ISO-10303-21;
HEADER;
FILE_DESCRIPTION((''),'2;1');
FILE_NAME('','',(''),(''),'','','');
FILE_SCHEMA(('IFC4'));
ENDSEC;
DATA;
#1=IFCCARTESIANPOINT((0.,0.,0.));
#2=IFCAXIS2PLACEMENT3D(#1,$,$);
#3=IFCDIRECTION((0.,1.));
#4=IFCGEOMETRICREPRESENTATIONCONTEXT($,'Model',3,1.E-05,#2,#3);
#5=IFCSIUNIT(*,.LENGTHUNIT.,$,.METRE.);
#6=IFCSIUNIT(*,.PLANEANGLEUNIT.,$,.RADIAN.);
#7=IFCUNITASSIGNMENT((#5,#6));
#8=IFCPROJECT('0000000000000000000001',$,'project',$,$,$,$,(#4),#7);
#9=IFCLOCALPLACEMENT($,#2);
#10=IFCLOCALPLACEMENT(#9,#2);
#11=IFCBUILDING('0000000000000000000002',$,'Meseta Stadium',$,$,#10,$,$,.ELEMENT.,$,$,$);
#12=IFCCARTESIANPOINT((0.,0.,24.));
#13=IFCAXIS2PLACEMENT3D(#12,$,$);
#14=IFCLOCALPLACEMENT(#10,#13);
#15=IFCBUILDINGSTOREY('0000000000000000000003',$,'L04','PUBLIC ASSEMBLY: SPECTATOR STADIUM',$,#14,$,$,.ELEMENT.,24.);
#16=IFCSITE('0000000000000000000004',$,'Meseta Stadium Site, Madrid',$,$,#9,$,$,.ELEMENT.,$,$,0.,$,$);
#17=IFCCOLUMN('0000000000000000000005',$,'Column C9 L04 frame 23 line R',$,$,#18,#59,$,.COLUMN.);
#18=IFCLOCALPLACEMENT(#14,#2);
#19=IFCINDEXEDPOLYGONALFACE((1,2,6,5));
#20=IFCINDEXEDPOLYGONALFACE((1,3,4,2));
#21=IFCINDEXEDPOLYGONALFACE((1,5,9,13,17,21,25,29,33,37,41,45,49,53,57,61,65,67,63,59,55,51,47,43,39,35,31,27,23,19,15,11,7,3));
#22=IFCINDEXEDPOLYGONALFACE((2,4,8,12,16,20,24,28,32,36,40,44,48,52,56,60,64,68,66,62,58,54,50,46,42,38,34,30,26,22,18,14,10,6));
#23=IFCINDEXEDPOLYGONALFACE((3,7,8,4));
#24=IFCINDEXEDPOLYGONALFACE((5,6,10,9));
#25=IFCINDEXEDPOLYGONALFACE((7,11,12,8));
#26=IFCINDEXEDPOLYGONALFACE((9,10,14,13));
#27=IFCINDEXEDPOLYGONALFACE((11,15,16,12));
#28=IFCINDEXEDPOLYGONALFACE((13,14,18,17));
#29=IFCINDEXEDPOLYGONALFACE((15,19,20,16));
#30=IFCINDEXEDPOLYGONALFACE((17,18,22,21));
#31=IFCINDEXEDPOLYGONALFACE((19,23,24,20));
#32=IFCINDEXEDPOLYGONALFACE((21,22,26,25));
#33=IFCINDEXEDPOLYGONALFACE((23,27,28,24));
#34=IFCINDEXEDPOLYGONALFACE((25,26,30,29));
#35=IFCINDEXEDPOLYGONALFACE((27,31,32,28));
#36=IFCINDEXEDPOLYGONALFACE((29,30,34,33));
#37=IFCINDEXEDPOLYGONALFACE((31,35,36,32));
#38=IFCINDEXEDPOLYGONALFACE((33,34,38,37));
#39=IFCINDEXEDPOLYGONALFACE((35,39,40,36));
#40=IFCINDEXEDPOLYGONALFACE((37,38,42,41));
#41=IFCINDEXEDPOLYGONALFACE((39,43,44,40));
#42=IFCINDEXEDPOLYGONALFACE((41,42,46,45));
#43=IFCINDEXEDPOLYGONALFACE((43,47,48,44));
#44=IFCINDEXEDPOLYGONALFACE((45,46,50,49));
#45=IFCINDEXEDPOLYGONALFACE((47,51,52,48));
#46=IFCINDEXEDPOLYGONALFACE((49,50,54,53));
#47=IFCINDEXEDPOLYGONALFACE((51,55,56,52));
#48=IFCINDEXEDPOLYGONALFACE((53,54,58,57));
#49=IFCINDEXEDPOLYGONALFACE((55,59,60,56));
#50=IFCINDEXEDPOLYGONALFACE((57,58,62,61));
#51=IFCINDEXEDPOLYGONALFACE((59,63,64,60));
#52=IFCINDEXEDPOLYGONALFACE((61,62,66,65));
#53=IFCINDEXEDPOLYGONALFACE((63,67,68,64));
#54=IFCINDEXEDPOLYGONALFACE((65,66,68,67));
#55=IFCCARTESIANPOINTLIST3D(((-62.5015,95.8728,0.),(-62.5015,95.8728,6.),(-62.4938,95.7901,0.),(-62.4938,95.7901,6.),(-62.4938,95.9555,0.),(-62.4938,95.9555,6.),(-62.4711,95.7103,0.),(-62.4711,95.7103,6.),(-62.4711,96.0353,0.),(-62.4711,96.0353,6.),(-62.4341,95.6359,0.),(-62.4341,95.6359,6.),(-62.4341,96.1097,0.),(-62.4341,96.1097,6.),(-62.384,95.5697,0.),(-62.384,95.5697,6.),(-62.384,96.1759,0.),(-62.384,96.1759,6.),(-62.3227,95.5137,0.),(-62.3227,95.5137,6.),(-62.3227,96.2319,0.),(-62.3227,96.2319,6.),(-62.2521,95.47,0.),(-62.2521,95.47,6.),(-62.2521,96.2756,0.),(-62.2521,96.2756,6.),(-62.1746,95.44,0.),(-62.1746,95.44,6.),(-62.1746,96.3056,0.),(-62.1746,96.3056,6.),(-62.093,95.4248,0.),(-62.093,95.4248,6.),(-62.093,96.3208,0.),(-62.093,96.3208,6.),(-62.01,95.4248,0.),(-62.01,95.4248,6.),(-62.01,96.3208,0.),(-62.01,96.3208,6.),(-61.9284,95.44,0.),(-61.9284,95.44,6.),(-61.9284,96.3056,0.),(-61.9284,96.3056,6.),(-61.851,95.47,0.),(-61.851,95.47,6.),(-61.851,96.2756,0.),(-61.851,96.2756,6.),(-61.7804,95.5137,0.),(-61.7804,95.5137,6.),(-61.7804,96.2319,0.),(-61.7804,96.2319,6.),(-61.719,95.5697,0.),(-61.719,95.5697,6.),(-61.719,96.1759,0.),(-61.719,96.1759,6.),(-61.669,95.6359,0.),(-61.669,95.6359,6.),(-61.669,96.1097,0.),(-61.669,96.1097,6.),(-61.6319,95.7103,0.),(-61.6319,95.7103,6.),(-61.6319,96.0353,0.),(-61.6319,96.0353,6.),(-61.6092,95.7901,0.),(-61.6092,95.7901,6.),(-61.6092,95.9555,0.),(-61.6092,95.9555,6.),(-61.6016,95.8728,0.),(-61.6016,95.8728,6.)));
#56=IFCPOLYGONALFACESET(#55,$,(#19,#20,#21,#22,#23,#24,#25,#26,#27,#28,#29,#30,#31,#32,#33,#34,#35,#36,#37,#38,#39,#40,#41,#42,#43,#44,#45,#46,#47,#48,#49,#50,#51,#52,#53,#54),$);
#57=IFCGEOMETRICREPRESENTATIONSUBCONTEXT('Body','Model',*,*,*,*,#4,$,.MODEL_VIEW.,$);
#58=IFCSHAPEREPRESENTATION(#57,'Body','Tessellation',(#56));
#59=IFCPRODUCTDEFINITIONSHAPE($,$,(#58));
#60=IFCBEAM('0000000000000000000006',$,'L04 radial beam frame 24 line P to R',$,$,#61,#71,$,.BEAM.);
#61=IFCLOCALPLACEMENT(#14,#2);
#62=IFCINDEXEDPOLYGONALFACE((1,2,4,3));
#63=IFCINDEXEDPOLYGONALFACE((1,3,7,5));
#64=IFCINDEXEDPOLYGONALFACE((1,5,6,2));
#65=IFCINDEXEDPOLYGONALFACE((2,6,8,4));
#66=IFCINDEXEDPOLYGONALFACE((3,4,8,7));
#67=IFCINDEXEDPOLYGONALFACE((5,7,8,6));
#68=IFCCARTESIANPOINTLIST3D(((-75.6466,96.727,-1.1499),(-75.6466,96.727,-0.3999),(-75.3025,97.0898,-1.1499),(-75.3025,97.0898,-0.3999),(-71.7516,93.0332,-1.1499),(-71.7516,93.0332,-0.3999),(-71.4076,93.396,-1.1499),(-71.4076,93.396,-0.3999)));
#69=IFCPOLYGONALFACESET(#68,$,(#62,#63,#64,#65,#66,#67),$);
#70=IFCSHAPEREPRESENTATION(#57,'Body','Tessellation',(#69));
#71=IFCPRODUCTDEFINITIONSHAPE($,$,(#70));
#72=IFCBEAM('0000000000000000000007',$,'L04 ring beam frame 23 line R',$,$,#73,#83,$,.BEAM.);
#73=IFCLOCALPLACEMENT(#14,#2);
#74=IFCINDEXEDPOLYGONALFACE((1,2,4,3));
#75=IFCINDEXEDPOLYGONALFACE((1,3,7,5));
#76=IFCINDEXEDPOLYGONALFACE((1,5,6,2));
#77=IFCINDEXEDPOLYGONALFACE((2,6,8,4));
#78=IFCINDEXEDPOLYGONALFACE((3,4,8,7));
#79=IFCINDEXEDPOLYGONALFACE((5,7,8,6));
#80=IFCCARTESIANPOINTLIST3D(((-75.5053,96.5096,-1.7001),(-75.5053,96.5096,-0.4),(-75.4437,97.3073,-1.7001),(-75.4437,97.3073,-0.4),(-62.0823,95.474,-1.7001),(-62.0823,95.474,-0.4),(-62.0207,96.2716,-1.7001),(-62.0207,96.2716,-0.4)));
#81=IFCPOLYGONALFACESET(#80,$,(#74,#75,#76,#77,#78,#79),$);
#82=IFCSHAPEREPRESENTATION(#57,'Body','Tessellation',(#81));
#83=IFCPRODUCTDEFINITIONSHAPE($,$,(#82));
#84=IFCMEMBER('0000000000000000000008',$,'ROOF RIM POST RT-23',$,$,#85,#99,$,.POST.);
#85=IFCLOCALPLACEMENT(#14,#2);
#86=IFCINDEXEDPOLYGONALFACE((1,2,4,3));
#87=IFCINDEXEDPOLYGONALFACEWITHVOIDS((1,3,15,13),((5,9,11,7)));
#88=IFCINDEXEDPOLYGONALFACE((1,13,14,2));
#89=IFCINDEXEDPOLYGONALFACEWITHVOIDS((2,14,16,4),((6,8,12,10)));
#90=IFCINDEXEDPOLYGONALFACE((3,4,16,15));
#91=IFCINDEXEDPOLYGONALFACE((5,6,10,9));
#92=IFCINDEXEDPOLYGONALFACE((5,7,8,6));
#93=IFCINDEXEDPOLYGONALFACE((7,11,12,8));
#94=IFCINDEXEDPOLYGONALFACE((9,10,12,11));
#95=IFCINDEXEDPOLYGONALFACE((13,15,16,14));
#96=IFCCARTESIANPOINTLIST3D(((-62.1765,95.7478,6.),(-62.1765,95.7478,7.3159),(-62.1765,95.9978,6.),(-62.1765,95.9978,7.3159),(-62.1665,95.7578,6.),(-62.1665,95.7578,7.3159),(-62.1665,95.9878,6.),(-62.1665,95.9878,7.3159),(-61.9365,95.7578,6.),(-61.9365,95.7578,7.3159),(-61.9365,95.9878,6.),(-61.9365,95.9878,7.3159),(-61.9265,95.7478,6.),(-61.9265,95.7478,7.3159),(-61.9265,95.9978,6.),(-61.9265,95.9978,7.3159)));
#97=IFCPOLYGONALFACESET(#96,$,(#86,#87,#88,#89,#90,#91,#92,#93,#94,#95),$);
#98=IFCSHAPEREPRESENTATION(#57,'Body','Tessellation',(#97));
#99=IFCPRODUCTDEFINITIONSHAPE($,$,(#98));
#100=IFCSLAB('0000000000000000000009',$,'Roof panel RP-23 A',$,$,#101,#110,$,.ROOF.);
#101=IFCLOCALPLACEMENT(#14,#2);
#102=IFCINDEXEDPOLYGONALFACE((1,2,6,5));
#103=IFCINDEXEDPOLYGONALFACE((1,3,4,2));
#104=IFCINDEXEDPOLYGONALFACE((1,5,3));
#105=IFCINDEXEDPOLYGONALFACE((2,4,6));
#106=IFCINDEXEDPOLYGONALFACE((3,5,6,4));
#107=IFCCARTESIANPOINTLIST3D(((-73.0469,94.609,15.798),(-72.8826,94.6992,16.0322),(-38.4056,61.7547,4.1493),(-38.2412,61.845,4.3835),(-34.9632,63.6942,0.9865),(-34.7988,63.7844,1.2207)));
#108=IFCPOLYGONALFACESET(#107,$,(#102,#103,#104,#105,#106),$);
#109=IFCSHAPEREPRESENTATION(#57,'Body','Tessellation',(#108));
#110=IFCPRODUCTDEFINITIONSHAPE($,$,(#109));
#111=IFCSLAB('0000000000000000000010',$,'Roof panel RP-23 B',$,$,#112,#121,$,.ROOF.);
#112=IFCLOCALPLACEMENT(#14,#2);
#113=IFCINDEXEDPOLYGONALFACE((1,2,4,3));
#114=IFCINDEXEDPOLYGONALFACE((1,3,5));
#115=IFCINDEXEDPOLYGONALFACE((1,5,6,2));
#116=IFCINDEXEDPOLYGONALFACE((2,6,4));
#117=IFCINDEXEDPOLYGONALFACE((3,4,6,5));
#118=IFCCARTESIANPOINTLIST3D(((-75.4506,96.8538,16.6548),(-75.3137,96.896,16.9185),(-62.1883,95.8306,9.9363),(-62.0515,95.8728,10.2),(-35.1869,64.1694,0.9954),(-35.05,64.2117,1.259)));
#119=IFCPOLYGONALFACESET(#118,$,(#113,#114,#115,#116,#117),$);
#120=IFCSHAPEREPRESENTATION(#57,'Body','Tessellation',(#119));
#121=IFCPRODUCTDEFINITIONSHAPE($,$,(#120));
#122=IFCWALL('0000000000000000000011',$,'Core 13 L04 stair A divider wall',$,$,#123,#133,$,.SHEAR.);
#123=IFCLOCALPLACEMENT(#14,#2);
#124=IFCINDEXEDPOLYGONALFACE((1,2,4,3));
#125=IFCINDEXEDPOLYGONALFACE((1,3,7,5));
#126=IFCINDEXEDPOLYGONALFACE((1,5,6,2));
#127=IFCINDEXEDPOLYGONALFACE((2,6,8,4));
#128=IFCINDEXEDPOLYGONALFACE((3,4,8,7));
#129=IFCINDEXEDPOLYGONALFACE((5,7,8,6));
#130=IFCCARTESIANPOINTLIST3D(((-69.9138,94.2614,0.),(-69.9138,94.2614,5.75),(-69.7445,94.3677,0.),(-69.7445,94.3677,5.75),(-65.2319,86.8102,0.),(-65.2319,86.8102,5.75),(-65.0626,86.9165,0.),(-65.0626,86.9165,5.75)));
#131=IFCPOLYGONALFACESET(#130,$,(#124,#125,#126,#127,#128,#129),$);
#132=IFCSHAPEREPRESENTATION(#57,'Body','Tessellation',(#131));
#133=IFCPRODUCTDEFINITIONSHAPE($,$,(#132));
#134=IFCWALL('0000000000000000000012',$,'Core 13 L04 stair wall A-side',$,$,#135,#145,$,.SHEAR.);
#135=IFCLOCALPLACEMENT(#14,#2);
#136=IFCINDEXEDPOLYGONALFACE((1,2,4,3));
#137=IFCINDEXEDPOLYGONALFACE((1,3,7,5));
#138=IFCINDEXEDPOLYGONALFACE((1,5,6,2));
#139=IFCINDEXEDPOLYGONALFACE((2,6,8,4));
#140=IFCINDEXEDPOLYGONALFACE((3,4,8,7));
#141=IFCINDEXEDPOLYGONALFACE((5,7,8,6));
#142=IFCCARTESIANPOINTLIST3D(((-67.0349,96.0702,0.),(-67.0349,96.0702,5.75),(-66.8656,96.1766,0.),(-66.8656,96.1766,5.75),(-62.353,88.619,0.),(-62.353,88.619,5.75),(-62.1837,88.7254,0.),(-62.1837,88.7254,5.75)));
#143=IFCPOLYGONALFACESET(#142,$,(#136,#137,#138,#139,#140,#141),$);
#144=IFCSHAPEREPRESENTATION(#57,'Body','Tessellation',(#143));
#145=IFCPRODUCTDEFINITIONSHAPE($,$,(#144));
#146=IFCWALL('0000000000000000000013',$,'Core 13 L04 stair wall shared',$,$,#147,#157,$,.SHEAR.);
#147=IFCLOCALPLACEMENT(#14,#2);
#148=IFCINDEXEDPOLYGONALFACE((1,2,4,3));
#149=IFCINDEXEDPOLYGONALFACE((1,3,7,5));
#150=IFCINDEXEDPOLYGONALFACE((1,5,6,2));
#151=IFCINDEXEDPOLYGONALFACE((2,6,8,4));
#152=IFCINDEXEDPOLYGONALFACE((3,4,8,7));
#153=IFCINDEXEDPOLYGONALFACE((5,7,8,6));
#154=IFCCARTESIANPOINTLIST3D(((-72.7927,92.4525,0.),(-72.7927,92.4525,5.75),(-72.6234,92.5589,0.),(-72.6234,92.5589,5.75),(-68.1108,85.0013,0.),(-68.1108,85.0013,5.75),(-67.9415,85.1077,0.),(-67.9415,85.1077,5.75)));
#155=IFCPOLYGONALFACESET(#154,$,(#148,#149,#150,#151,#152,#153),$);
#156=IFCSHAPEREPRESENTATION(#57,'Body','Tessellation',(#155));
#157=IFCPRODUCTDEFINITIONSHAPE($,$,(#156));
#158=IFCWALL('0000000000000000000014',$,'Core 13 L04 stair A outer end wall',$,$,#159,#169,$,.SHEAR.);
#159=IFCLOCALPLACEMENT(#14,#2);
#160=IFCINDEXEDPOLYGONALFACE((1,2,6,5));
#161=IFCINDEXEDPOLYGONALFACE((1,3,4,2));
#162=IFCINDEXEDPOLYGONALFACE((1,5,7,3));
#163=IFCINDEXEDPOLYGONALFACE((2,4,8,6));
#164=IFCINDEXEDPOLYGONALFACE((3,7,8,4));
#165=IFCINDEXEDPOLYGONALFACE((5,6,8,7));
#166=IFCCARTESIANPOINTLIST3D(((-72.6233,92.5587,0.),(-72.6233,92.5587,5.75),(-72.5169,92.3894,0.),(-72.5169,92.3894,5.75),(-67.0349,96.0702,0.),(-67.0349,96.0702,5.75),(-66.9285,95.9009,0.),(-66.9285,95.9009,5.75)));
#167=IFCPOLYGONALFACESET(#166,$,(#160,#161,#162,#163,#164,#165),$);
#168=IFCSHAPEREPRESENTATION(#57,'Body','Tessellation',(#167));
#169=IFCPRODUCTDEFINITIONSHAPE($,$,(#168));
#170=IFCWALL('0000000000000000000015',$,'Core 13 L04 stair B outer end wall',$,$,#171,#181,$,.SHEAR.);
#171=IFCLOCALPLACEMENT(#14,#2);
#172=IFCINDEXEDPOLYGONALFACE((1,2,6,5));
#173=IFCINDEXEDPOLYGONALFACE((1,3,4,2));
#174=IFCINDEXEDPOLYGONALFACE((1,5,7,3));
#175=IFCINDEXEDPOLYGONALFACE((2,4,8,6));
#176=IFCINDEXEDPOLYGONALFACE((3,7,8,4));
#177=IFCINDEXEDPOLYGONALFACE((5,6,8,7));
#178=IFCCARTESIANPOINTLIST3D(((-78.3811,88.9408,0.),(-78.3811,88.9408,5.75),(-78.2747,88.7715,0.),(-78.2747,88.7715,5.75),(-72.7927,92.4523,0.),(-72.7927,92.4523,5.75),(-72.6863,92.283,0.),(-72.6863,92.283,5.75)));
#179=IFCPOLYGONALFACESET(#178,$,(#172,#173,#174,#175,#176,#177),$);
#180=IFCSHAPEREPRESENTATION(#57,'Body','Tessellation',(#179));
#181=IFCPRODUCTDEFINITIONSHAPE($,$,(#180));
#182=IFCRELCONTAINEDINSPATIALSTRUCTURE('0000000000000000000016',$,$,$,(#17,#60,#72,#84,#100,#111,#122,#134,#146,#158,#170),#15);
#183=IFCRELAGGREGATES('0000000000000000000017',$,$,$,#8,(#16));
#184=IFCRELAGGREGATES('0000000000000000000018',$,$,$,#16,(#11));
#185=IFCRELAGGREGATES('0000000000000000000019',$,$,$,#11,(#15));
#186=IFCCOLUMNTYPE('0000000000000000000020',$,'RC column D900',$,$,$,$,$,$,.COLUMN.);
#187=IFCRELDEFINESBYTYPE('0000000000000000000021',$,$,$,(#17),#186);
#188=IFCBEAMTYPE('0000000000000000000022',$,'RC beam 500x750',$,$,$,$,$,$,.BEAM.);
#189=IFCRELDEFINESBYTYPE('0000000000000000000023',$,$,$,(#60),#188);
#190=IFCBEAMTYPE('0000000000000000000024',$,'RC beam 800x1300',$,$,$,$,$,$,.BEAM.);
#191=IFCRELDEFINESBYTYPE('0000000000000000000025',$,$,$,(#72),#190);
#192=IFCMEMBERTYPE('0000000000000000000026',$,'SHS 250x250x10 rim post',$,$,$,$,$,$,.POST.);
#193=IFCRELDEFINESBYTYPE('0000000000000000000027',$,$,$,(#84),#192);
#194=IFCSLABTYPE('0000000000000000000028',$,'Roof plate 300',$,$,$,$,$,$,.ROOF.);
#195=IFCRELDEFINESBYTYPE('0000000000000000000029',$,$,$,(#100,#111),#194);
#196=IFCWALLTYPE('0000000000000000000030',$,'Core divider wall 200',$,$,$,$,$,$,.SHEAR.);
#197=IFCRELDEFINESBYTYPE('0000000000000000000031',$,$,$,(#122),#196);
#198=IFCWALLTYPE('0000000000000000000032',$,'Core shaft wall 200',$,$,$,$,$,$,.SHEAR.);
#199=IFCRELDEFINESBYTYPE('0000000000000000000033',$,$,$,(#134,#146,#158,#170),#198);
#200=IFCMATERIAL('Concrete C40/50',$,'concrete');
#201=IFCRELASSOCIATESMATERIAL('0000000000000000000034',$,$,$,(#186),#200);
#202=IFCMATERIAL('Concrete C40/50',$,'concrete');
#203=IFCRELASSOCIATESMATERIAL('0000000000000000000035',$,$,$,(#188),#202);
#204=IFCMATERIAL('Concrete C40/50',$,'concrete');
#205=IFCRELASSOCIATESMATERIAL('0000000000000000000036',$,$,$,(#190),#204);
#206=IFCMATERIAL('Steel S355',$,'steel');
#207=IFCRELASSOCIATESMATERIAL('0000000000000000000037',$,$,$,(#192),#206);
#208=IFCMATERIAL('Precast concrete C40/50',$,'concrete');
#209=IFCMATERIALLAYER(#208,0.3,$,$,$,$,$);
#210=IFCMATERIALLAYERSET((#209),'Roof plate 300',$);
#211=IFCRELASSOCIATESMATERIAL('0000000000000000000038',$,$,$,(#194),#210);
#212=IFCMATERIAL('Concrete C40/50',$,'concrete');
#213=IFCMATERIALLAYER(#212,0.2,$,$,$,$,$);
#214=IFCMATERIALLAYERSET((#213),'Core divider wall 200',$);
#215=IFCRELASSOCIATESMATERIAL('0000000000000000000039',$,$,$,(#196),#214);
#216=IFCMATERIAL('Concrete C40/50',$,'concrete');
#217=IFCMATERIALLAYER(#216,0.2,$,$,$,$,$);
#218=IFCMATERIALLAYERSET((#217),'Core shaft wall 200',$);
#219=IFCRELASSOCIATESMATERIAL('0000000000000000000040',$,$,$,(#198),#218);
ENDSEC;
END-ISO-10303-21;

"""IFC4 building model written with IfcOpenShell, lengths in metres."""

from ifc_helpers import new_model, si_unit, direction, frame, frame_2d, origin, origin_2d, place, context, subcontext, project, spatial, polyline, rectangle, hollow_rectangle, circle, outline, extrude, material, layer, layer_set, material_profile, profile_set, type_object, element, save


model = new_model("IFC4")

# Units and contexts
model_context = context("Model", 3, precision=1e-05, world=origin(), true_north=direction((0.0, 1.0)))
body_context = subcontext(model_context, "Body", "Model", "MODEL_VIEW")
ifc_project = project(units=[si_unit("LENGTHUNIT", "METRE"), si_unit("PLANEANGLEUNIT", "RADIAN")], contexts=[model_context])

# Site, building, storey
site_placement = place(None, origin())
site = spatial("IfcSite", under=ifc_project, at=site_placement, Name="Meseta Stadium Site, Madrid", CompositionType="ELEMENT", RefElevation=0.0)
building_placement = place(site_placement, origin())
building = spatial("IfcBuilding", under=site, at=building_placement, Name="Meseta Stadium", CompositionType="ELEMENT")
storey_placement = place(building_placement, frame((0.0, 0.0, 24.0)))
storey = spatial("IfcBuildingStorey", under=building, at=storey_placement, Name="L04", Description="PUBLIC ASSEMBLY: SPECTATOR STADIUM", CompositionType="ELEMENT", Elevation=24.0)

# Column
ifc_material_1 = material(Name="Concrete C40/50", Category="concrete")
ifc_material_profile_1 = material_profile(ifc_material_1, circle(Radius=0.45, at=origin_2d()), Name="RC D900")
ifc_profile_set_1 = profile_set([ifc_material_profile_1], Name="Concrete C40/50")
column_type = type_object("IfcColumnType", Name="RC column D900", PredefinedType="COLUMN", material=ifc_profile_set_1)
column_placement = place(storey_placement, frame((-62.0515, 95.8728, 0.0), z_axis=(0.0, 0.0, 1.0), x_axis=(1.0, 0.0, 0.0)))
element("IfcColumn", 1, at=column_placement, inside=storey, type_object=column_type, Name="Column C9 L04 frame 23 line R", PredefinedType="COLUMN", context=body_context, shape_type="SweptSolid", body=[
    extrude(circle(Radius=0.45, at=origin_2d()), origin(), (0.0, 0.0, 1.0), 6.0),
])

# Beams
ifc_material_2 = material(Name="Concrete C40/50", Category="concrete")
ifc_material_profile_2 = material_profile(ifc_material_2, rectangle(XDim=0.5, YDim=0.75, at=origin_2d()), Name="RC 500x750")
ifc_profile_set_2 = profile_set([ifc_material_profile_2], Name="Concrete C40/50")
beam_type_1 = type_object("IfcBeamType", Name="RC beam 500x750", PredefinedType="BEAM", material=ifc_profile_set_2)
beam_1_placement = place(storey_placement, frame((-71.5796, 93.2146, -0.7749), z_axis=(-0.725596, 0.68812, 0.0), x_axis=(-0.68812, -0.725596, 0.0)))
element("IfcBeam", 2, at=beam_1_placement, inside=storey, type_object=beam_type_1, Name="L04 radial beam frame 24 line P to R", PredefinedType="BEAM", context=body_context, shape_type="SweptSolid", body=[
    extrude(rectangle(XDim=0.5, YDim=0.75, at=origin_2d()), origin(), (0.0, 0.0, 1.0), 5.3679),
])
ifc_material_3 = material(Name="Concrete C40/50", Category="concrete")
ifc_material_profile_3 = material_profile(ifc_material_3, rectangle(XDim=0.8, YDim=1.3, at=origin_2d()), Name="RC 800x1300")
ifc_profile_set_3 = profile_set([ifc_material_profile_3], Name="Concrete C40/50")
beam_type_2 = type_object("IfcBeamType", Name="RC beam 800x1300", PredefinedType="BEAM", material=ifc_profile_set_3)
beam_2_placement = place(storey_placement, frame((-62.0515, 95.8728, -1.05), z_axis=(-0.997037, 0.076925, 0.0), x_axis=(-0.076925, -0.997037, 0.0)))
element("IfcBeam", 3, at=beam_2_placement, inside=storey, type_object=beam_type_2, Name="L04 ring beam frame 23 line R", PredefinedType="BEAM", context=body_context, shape_type="SweptSolid", body=[
    extrude(rectangle(XDim=0.8, YDim=1.3, at=origin_2d()), origin(), (0.0, 0.0, 1.0), 13.4629),
])

# Member
ifc_material_4 = material(Name="Steel S355", Category="steel")
ifc_material_profile_4 = material_profile(ifc_material_4, hollow_rectangle(XDim=0.25, YDim=0.25, WallThickness=0.01, at=origin_2d()), Name="SHS 250x250x10")
ifc_profile_set_4 = profile_set([ifc_material_profile_4], Name="Steel S355")
member_type = type_object("IfcMemberType", Name="SHS 250x250x10 rim post", PredefinedType="POST", material=ifc_profile_set_4)
member_placement = place(storey_placement, frame((-62.0515, 95.8728, 6.0), z_axis=(0.0, 0.0, 1.0), x_axis=(1.0, 0.0, 0.0)))
element("IfcMember", 4, at=member_placement, inside=storey, type_object=member_type, Name="ROOF RIM POST RT-23", PredefinedType="POST", context=body_context, shape_type="SweptSolid", body=[
    extrude(hollow_rectangle(XDim=0.25, YDim=0.25, WallThickness=0.01, at=origin_2d()), origin(), (0.0, 0.0, 1.0), 1.3159),
])

# Slabs
ifc_material_5 = material(Name="Precast concrete C40/50", Category="concrete")
ifc_layer_1 = layer(ifc_material_5, 0.3)
ifc_layer_set_1 = layer_set([ifc_layer_1], Name="Roof plate 300")
slab_type = type_object("IfcSlabType", Name="Roof plate 300", PredefinedType="ROOF", material=ifc_layer_set_1)
slab_1_placement = place(storey_placement, frame((-72.8826, 94.6992, 16.0322), z_axis=(0.547796, 0.300804, 0.780664), x_axis=(0.743251, -0.60334, -0.289065)))
element("IfcSlab", 5, at=slab_1_placement, inside=storey, type_object=slab_type, Name="Roof panel RP-23 A", PredefinedType="ROOF", context=body_context, shape_type="SweptSolid", body=[
    extrude(outline(polyline([(0.0, 0.0), (51.2394, 0.0), (48.9367, -4.507), (0.0, 0.0)])), origin(), (0.0, 0.0, -1.0), 0.3),
])
slab_2_placement = place(storey_placement, frame((-62.0515, 95.8728, 10.2), z_axis=(0.456032, 0.140759, 0.878762), x_axis=(0.634417, -0.743899, -0.210073)))
element("IfcSlab", 6, at=slab_2_placement, inside=storey, type_object=slab_type, Name="Roof panel RP-23 B", PredefinedType="ROOF", context=body_context, shape_type="SweptSolid", body=[
    extrude(outline(polyline([(0.0, 0.0), (42.5611, 0.0), (-10.5863, -10.4882), (0.0, 0.0)])), origin(), (0.0, 0.0, -1.0), 0.3),
])

# Walls
ifc_material_6 = material(Name="Concrete C40/50", Category="concrete")
ifc_layer_2 = layer(ifc_material_6, 0.2)
ifc_layer_set_2 = layer_set([ifc_layer_2], Name="Core divider wall 200")
wall_type_1 = type_object("IfcWallType", Name="Core divider wall 200", PredefinedType="SHEAR", material=ifc_layer_set_2)
wall_1_placement = place(storey_placement, frame((-69.8291, 94.3145, 0.0), z_axis=(0.0, 0.0, 1.0), x_axis=(0.532032, -0.846724, 0.0)))
element("IfcWall", 7, at=wall_1_placement, inside=storey, type_object=wall_type_1, Name="Core 13 L04 stair A divider wall", PredefinedType="SHEAR", context=body_context, shape_type="SweptSolid", body=[
    extrude(rectangle(XDim=8.8, YDim=0.2, at=frame_2d((4.3999, 0.0))), origin(), (0.0, 0.0, 1.0), 5.75),
])
ifc_material_7 = material(Name="Concrete C40/50", Category="concrete")
ifc_layer_3 = layer(ifc_material_7, 0.2)
ifc_layer_set_3 = layer_set([ifc_layer_3], Name="Core shaft wall 200")
wall_type_2 = type_object("IfcWallType", Name="Core shaft wall 200", PredefinedType="SHEAR", material=ifc_layer_set_3)
for number, where, z_axis, x_axis, name in (
    (8, (-66.9502, 96.1233, 0.0), (0.0, 0.0, 1.0), (0.532032, -0.846724, 0.0), "Core 13 L04 stair wall A-side"),
    (9, (-72.708, 92.5056, 0.0), (0.0, 0.0, 1.0), (0.532032, -0.846724, 0.0), "Core 13 L04 stair wall shared"),
):
    element("IfcWall", number, at=place(storey_placement, frame(where, z_axis=z_axis, x_axis=x_axis)), inside=storey, type_object=wall_type_2, Name=name, PredefinedType="SHEAR", context=body_context, shape_type="SweptSolid", body=[
        extrude(rectangle(XDim=8.8, YDim=0.2, at=frame_2d((4.3999, 0.0))), origin(), (0.0, 0.0, 1.0), 5.75),
    ])
for number, where, z_axis, x_axis, name in (
    (10, (-66.9817, 95.9856, 0.0), (0.0, 0.0, 1.0), (-0.84672, -0.532039, 0.0), "Core 13 L04 stair A outer end wall"),
    (11, (-72.7395, 92.3677, 0.0), (0.0, 0.0, 1.0), (-0.84672, -0.532039, 0.0), "Core 13 L04 stair B outer end wall"),
):
    element("IfcWall", number, at=place(storey_placement, frame(where, z_axis=z_axis, x_axis=x_axis)), inside=storey, type_object=wall_type_2, Name=name, PredefinedType="SHEAR", context=body_context, shape_type="SweptSolid", body=[
        extrude(rectangle(XDim=6.6001, YDim=0.2, at=frame_2d((3.3, 0.0))), origin(), (0.0, 0.0, 1.0), 5.75),
    ])

save(model, "model.ifc")
